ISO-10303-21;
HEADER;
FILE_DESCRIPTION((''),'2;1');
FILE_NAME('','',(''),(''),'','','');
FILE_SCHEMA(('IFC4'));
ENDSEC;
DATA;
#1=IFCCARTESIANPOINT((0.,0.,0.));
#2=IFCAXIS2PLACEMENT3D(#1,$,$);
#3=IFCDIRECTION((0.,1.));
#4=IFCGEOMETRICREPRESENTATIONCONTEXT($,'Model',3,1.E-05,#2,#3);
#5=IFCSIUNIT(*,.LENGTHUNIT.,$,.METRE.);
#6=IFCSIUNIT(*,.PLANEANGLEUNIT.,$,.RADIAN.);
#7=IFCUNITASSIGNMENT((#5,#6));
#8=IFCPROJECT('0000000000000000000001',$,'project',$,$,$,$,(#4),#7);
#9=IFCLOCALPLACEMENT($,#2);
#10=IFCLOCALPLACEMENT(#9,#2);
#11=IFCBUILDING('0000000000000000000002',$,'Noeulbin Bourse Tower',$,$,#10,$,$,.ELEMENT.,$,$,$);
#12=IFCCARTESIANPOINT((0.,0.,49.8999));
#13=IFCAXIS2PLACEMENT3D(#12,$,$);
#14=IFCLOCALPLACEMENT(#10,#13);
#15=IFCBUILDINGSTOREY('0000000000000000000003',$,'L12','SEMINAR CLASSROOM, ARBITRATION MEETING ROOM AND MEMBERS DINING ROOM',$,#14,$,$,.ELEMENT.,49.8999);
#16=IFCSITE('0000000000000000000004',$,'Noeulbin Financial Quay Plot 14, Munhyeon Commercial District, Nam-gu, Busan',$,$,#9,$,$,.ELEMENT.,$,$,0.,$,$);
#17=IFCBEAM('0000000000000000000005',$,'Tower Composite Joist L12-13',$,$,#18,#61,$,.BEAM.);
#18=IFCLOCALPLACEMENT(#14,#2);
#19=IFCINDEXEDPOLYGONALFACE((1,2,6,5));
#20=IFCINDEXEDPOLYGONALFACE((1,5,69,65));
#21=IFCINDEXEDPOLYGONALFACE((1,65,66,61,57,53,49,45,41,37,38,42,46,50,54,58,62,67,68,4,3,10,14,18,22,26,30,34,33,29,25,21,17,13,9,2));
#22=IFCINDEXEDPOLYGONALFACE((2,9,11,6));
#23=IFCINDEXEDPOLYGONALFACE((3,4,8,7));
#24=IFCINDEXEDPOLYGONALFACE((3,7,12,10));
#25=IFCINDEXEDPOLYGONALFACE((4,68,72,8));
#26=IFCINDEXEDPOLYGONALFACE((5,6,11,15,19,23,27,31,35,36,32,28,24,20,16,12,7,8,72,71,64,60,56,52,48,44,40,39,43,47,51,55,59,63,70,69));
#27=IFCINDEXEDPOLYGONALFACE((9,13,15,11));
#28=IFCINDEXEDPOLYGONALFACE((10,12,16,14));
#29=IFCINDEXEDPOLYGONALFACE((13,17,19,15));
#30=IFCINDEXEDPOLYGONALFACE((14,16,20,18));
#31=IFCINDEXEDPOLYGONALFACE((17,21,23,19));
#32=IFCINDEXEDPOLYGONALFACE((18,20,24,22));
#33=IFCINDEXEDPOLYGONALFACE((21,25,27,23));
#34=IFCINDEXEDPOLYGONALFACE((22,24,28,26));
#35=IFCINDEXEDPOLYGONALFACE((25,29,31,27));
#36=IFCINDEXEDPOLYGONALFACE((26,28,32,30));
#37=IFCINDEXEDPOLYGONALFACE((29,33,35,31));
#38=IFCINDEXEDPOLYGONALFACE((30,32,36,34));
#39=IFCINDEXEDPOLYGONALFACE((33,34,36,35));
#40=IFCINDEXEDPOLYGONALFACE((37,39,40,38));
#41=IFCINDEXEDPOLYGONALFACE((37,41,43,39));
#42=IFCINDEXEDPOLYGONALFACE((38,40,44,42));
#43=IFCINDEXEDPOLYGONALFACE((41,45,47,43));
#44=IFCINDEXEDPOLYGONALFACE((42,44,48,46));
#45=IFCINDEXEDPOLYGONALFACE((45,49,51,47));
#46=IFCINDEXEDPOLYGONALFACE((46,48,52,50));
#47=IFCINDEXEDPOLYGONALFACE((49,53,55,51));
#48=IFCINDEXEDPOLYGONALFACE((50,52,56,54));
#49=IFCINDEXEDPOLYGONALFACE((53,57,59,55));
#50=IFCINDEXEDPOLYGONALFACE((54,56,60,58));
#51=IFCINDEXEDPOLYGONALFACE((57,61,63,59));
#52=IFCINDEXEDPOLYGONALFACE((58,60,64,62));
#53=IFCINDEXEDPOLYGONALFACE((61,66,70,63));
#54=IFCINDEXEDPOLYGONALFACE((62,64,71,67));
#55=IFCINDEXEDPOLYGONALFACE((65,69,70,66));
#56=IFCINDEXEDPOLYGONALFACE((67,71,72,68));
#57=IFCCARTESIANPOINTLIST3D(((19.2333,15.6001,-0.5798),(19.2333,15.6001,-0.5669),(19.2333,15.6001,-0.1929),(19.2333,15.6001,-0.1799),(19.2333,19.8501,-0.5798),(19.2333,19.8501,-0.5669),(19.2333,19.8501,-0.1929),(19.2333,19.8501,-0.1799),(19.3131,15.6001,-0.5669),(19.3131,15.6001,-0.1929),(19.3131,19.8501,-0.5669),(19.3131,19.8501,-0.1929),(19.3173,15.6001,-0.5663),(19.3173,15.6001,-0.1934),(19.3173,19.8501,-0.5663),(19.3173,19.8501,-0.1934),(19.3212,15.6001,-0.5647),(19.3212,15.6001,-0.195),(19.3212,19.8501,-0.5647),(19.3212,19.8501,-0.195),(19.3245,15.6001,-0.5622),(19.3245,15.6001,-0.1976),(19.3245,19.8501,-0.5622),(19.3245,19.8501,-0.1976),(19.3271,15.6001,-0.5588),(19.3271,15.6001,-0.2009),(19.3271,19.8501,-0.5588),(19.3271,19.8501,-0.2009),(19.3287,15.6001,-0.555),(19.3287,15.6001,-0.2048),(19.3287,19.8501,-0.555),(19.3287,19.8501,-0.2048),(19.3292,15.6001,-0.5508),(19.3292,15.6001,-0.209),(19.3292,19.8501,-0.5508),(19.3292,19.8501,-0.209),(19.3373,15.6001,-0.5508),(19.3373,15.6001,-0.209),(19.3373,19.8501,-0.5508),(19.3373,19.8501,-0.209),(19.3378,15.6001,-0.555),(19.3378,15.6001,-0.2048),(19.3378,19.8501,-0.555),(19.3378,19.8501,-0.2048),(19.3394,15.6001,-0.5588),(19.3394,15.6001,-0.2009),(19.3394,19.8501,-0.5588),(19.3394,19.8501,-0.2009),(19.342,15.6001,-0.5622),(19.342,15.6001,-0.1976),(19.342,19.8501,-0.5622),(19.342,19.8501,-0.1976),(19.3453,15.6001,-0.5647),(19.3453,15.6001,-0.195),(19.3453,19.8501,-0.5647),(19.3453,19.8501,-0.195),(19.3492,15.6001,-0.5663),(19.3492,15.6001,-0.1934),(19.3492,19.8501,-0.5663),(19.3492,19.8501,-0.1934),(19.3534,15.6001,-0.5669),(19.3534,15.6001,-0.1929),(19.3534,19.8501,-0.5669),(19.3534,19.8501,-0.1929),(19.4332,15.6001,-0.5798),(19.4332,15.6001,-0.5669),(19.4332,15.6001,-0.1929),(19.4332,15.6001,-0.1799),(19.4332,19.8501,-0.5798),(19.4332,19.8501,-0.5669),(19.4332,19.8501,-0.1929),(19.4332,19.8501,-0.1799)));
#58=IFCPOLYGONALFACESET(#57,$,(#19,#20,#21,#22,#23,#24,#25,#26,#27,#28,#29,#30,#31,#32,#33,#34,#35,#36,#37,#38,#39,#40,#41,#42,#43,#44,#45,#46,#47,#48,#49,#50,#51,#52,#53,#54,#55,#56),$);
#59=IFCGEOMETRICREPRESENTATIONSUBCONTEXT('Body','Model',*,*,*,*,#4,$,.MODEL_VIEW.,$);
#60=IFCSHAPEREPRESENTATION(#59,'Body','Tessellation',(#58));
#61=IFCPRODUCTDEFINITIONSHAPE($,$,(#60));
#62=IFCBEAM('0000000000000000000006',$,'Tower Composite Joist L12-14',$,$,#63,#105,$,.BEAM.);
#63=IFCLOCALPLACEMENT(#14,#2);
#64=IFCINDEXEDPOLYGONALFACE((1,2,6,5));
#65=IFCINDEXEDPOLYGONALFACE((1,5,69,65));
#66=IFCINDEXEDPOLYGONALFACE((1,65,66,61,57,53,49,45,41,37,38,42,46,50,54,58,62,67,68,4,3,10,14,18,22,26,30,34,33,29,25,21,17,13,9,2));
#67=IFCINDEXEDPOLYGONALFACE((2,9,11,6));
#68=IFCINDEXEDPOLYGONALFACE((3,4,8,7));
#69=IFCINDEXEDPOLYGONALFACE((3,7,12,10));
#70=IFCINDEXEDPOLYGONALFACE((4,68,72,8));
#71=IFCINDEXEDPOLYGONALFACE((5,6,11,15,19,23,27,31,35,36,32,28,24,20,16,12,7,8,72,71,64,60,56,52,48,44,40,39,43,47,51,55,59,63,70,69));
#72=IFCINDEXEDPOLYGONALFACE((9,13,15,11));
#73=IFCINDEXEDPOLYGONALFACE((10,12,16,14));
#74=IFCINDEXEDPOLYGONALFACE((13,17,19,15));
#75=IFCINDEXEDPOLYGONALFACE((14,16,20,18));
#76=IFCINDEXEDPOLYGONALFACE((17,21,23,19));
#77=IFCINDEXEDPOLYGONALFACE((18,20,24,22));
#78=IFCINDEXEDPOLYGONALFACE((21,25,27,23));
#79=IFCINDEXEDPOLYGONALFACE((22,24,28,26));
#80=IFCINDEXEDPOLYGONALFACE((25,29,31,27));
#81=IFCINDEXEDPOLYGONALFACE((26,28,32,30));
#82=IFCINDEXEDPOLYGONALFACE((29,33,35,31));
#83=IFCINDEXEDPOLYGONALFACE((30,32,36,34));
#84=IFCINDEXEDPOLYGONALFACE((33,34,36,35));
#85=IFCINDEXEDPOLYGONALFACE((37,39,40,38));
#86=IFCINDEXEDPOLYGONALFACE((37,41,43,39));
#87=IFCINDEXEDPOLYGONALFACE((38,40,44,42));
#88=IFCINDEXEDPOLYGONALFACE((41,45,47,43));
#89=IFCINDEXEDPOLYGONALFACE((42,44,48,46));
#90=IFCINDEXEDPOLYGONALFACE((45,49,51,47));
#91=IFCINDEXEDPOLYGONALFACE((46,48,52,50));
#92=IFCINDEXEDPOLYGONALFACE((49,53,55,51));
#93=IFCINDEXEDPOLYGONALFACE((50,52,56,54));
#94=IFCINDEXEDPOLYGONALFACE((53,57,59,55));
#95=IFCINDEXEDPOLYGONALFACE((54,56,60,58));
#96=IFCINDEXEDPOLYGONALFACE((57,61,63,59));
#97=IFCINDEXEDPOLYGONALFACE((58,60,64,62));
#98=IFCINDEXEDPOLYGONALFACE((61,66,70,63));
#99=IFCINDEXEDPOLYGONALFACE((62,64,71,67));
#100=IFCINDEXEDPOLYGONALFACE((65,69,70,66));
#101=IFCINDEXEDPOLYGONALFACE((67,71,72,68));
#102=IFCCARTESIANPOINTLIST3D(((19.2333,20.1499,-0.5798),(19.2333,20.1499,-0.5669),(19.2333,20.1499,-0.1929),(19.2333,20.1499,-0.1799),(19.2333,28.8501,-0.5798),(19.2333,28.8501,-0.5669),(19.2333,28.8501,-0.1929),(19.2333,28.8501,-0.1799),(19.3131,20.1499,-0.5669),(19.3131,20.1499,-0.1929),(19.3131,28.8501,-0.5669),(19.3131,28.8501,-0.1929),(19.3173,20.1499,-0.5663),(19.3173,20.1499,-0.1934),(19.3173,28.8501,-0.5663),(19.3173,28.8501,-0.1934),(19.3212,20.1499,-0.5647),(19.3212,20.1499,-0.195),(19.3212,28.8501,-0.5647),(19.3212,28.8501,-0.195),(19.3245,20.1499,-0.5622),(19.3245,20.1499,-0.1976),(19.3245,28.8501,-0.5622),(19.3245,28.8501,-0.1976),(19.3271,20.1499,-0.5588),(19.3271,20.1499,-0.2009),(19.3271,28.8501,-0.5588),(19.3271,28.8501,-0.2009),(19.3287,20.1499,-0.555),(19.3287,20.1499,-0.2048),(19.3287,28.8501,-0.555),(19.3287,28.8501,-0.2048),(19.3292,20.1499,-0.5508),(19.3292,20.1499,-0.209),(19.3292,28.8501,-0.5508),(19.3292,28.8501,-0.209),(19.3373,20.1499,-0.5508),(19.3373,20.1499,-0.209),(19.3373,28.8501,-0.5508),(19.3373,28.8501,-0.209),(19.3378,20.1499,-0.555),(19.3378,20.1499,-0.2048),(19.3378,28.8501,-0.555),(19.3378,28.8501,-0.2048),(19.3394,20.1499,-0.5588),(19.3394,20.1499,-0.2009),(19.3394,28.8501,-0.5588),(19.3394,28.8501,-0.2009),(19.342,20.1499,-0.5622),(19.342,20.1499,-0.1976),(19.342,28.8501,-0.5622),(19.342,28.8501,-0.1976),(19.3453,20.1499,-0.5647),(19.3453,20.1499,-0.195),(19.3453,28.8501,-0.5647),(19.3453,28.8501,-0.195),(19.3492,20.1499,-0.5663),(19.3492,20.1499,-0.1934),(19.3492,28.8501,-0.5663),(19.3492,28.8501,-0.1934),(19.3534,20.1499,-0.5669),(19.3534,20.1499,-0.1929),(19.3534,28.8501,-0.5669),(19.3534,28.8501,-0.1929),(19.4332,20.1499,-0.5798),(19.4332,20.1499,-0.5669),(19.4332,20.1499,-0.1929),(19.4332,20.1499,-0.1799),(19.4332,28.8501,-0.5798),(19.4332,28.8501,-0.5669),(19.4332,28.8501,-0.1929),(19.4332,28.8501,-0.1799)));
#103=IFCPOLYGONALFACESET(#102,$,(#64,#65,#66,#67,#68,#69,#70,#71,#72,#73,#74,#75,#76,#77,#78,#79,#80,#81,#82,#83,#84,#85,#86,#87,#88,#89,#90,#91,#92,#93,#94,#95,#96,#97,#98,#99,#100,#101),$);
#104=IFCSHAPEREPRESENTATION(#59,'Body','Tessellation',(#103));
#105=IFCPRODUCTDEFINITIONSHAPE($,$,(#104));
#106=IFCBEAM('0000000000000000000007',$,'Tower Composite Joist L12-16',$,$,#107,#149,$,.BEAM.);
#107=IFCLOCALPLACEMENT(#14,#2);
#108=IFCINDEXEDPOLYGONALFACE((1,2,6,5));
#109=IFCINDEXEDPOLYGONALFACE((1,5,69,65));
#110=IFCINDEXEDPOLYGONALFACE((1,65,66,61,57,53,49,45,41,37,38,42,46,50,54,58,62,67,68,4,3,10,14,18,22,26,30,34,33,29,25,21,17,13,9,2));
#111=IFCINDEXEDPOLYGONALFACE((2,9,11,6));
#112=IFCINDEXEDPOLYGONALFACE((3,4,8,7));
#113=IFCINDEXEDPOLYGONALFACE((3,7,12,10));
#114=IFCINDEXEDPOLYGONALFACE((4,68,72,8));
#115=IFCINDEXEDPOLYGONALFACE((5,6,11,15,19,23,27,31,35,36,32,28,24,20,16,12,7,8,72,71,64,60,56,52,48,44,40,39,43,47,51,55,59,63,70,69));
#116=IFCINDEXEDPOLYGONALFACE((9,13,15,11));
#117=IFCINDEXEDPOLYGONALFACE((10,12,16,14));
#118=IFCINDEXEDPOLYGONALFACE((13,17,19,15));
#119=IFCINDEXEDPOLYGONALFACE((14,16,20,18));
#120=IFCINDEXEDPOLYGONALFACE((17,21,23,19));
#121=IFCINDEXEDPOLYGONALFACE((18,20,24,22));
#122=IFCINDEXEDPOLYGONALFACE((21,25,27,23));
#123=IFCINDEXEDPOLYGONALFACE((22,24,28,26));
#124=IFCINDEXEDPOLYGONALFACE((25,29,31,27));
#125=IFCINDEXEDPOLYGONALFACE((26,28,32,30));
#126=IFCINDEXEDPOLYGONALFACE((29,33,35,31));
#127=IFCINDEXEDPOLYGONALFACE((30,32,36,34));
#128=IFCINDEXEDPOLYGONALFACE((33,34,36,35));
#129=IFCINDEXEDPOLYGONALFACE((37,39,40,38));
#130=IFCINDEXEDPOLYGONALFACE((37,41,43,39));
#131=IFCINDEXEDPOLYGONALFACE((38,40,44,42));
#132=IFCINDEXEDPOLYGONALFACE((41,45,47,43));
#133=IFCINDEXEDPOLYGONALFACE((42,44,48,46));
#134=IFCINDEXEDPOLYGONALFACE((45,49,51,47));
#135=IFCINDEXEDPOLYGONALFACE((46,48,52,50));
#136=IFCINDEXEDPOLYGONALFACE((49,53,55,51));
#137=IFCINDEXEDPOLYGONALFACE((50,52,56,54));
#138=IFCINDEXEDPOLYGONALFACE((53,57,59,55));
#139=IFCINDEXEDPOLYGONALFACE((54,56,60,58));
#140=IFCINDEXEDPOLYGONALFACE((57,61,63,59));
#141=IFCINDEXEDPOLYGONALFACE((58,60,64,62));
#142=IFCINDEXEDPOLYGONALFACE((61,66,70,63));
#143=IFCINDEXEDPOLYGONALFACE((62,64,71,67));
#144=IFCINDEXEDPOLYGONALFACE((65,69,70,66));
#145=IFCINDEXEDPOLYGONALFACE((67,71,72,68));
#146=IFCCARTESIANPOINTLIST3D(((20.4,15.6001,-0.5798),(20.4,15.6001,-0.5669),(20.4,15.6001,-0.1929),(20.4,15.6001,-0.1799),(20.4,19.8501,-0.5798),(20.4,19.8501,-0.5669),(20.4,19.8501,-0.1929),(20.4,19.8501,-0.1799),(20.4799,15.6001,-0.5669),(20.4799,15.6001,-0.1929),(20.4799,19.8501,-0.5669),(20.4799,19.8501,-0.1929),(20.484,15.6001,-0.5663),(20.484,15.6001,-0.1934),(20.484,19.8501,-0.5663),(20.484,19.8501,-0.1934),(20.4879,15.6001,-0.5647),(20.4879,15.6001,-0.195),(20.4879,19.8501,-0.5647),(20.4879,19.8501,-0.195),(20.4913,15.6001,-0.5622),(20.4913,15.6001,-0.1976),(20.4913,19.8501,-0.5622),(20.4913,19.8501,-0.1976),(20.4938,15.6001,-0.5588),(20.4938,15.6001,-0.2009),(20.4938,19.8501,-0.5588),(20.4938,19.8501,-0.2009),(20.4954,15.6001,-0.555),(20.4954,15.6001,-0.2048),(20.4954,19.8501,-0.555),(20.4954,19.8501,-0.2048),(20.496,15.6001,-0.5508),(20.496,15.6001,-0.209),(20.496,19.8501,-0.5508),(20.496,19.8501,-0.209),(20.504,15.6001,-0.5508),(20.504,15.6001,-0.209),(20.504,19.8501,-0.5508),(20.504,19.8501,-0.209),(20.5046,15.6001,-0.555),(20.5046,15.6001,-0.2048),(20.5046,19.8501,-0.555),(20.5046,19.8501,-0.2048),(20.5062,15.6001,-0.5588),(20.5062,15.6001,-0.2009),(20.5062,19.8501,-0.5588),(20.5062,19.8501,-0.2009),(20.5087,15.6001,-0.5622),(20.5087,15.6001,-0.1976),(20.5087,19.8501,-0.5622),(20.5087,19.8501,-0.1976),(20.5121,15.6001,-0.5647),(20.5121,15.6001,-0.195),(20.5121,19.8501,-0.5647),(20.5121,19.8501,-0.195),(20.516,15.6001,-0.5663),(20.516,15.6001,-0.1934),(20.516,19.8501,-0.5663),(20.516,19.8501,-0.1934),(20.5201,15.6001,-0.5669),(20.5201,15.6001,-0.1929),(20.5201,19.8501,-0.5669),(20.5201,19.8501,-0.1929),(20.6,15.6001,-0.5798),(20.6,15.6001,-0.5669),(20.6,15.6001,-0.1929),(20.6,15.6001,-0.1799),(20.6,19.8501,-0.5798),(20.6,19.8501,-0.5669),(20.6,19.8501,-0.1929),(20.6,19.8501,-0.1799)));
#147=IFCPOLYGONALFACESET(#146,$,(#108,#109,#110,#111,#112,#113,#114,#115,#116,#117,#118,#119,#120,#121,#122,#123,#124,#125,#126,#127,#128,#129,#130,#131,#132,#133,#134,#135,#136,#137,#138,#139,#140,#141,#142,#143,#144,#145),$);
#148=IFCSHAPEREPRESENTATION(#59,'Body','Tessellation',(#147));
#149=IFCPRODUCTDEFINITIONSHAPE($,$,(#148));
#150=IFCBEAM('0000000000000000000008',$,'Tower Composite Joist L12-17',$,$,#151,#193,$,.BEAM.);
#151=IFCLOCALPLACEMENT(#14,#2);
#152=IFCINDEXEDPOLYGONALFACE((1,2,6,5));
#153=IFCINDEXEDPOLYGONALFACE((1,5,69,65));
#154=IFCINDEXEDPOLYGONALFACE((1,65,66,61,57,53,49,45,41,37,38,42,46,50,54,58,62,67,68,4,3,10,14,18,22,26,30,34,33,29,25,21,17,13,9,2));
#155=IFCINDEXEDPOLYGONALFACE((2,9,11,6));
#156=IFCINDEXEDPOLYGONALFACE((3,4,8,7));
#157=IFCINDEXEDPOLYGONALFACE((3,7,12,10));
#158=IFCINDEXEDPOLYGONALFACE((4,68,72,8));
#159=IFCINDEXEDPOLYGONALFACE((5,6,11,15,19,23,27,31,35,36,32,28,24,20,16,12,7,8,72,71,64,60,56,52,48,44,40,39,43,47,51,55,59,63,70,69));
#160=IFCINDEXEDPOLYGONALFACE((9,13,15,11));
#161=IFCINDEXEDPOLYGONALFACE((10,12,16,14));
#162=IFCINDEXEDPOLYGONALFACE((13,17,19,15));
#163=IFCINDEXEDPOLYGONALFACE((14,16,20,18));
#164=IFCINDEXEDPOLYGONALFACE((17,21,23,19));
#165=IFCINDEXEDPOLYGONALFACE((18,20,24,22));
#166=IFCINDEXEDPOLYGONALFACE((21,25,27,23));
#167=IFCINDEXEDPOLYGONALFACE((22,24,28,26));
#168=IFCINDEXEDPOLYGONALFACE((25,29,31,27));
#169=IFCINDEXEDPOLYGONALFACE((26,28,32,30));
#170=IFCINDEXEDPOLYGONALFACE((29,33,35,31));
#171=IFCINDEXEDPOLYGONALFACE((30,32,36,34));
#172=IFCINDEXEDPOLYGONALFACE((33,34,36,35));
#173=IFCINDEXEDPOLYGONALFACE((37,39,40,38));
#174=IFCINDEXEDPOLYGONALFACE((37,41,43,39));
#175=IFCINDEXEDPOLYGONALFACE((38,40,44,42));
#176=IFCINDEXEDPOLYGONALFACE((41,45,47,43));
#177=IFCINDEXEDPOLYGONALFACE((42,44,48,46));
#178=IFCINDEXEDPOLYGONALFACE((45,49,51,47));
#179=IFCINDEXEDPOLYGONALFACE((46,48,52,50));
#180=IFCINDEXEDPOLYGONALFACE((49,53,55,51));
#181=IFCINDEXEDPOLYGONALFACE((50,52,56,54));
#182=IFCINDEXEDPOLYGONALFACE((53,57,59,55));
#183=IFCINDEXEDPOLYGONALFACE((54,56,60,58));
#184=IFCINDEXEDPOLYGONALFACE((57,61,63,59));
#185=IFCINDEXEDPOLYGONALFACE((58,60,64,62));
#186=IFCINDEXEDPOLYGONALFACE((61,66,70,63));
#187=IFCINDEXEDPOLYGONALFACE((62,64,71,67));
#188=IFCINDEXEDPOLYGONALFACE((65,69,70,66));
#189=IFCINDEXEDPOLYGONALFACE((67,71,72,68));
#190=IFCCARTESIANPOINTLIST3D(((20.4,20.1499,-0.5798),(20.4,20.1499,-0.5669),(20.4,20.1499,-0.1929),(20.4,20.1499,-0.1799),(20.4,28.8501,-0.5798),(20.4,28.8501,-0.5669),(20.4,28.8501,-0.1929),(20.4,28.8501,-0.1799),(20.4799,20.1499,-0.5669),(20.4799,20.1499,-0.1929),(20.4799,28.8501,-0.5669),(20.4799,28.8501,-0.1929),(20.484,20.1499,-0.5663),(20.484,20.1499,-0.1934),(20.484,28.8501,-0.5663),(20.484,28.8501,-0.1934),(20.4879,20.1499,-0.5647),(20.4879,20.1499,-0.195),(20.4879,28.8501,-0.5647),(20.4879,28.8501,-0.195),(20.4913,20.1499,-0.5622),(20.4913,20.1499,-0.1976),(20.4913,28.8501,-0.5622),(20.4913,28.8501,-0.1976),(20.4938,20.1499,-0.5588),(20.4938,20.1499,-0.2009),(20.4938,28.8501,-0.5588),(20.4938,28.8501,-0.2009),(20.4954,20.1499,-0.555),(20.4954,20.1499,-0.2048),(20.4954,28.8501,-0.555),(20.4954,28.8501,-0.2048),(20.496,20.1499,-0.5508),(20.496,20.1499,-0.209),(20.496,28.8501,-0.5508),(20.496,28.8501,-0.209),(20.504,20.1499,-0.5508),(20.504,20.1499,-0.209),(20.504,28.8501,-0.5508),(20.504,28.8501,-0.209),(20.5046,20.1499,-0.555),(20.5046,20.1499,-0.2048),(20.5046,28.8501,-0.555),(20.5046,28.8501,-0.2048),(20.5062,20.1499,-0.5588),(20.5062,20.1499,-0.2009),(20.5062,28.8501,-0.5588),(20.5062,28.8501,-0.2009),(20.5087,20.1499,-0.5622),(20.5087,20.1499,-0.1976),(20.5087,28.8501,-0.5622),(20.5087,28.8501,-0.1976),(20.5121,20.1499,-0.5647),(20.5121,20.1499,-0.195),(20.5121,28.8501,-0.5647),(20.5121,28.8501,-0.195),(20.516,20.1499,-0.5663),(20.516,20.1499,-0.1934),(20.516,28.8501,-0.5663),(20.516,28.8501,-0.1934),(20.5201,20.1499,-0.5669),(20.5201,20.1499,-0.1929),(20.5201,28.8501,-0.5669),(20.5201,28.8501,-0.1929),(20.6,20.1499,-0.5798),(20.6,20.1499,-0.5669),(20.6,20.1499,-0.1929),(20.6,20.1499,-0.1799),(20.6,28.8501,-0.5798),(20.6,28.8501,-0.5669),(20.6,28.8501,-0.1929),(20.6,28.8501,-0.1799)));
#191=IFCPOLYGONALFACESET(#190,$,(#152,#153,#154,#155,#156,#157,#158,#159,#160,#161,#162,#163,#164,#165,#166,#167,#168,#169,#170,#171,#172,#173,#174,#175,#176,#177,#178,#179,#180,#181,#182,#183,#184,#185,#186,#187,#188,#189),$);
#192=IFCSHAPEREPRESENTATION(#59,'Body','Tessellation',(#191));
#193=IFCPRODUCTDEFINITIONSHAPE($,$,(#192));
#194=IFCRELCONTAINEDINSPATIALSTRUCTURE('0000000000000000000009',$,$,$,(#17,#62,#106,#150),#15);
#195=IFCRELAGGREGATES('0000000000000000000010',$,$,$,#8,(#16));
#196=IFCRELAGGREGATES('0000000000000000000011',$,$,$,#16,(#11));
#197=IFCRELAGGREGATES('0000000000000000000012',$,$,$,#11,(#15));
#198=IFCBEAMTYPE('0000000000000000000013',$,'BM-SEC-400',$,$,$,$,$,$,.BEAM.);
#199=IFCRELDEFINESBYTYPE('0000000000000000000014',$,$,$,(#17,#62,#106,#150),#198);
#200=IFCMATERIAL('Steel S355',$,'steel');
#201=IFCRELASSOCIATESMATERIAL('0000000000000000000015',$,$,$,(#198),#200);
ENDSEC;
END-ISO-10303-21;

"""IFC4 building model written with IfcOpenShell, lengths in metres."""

from ifc_helpers import new_model, si_unit, direction, frame, origin, origin_2d, place, context, subcontext, project, spatial, i_section, extrude, material, material_profile, profile_set, type_object, element, save


model = new_model("IFC4")

# Units and contexts
model_context = context("Model", 3, precision=1e-05, world=origin(), true_north=direction((0.0, 1.0)))
body_context = subcontext(model_context, "Body", "Model", "MODEL_VIEW")
ifc_project = project(units=[si_unit("LENGTHUNIT", "METRE"), si_unit("PLANEANGLEUNIT", "RADIAN")], contexts=[model_context])

# Site, building, storey
site_placement = place(None, origin())
site = spatial("IfcSite", under=ifc_project, at=site_placement, Name="Noeulbin Financial Quay Plot 14, Munhyeon Commercial District, Nam-gu, Busan", CompositionType="ELEMENT", RefElevation=0.0)
building_placement = place(site_placement, origin())
building = spatial("IfcBuilding", under=site, at=building_placement, Name="Noeulbin Bourse Tower", CompositionType="ELEMENT")
storey_placement = place(building_placement, frame((0.0, 0.0, 49.8999)))
storey = spatial("IfcBuildingStorey", under=building, at=storey_placement, Name="L12", Description="SEMINAR CLASSROOM, ARBITRATION MEETING ROOM AND MEMBERS DINING ROOM", CompositionType="ELEMENT", Elevation=49.8999)

# Beams
ifc_material_1 = material(Name="Steel S355", Category="steel")
ifc_material_profile_1 = material_profile(ifc_material_1, i_section(OverallWidth=0.2, OverallDepth=0.3999, WebThickness=0.0081, FlangeThickness=0.0129, FilletRadius=0.0161, at=origin_2d()), Name="H-400x200x8x13", Category="LoadBearing")
ifc_profile_set_1 = profile_set([ifc_material_profile_1], Name="Steel S355")
beam_type_1 = type_object("IfcBeamType", Name="BM-SEC-400", PredefinedType="BEAM", material=ifc_profile_set_1)
beam_1_placement = place(storey_placement, frame((19.3333, 15.6001, -0.3799), z_axis=(0.0, 1.0, 0.0), x_axis=(-1.0, 0.0, 0.0)))
element("IfcBeam", 1, at=beam_1_placement, inside=storey, type_object=beam_type_1, Name="Tower Composite Joist L12-13", PredefinedType="BEAM", context=body_context, shape_type="SweptSolid", body=[
    extrude(i_section(OverallWidth=0.2, OverallDepth=0.3999, WebThickness=0.0081, FlangeThickness=0.0129, FilletRadius=0.0161, at=origin_2d()), origin(), (0.0, 0.0, 1.0), 4.25),
])
beam_2_placement = place(storey_placement, frame((19.3333, 20.1499, -0.3799), z_axis=(0.0, 1.0, 0.0), x_axis=(-1.0, 0.0, 0.0)))
element("IfcBeam", 2, at=beam_2_placement, inside=storey, type_object=beam_type_1, Name="Tower Composite Joist L12-14", PredefinedType="BEAM", context=body_context, shape_type="SweptSolid", body=[
    extrude(i_section(OverallWidth=0.2, OverallDepth=0.3999, WebThickness=0.0081, FlangeThickness=0.0129, FilletRadius=0.0161, at=origin_2d()), origin(), (0.0, 0.0, 1.0), 8.7002),
])
beam_3_placement = place(storey_placement, frame((20.5, 15.6001, -0.3799), z_axis=(0.0, 1.0, 0.0), x_axis=(-1.0, 0.0, 0.0)))
element("IfcBeam", 3, at=beam_3_placement, inside=storey, type_object=beam_type_1, Name="Tower Composite Joist L12-16", PredefinedType="BEAM", context=body_context, shape_type="SweptSolid", body=[
    extrude(i_section(OverallWidth=0.2, OverallDepth=0.3999, WebThickness=0.0081, FlangeThickness=0.0129, FilletRadius=0.0161, at=origin_2d()), origin(), (0.0, 0.0, 1.0), 4.25),
])
beam_4_placement = place(storey_placement, frame((20.5, 20.1499, -0.3799), z_axis=(0.0, 1.0, 0.0), x_axis=(-1.0, 0.0, 0.0)))
element("IfcBeam", 4, at=beam_4_placement, inside=storey, type_object=beam_type_1, Name="Tower Composite Joist L12-17", PredefinedType="BEAM", context=body_context, shape_type="SweptSolid", body=[
    extrude(i_section(OverallWidth=0.2, OverallDepth=0.3999, WebThickness=0.0081, FlangeThickness=0.0129, FilletRadius=0.0161, at=origin_2d()), origin(), (0.0, 0.0, 1.0), 8.7002),
])

save(model, "model.ifc")
